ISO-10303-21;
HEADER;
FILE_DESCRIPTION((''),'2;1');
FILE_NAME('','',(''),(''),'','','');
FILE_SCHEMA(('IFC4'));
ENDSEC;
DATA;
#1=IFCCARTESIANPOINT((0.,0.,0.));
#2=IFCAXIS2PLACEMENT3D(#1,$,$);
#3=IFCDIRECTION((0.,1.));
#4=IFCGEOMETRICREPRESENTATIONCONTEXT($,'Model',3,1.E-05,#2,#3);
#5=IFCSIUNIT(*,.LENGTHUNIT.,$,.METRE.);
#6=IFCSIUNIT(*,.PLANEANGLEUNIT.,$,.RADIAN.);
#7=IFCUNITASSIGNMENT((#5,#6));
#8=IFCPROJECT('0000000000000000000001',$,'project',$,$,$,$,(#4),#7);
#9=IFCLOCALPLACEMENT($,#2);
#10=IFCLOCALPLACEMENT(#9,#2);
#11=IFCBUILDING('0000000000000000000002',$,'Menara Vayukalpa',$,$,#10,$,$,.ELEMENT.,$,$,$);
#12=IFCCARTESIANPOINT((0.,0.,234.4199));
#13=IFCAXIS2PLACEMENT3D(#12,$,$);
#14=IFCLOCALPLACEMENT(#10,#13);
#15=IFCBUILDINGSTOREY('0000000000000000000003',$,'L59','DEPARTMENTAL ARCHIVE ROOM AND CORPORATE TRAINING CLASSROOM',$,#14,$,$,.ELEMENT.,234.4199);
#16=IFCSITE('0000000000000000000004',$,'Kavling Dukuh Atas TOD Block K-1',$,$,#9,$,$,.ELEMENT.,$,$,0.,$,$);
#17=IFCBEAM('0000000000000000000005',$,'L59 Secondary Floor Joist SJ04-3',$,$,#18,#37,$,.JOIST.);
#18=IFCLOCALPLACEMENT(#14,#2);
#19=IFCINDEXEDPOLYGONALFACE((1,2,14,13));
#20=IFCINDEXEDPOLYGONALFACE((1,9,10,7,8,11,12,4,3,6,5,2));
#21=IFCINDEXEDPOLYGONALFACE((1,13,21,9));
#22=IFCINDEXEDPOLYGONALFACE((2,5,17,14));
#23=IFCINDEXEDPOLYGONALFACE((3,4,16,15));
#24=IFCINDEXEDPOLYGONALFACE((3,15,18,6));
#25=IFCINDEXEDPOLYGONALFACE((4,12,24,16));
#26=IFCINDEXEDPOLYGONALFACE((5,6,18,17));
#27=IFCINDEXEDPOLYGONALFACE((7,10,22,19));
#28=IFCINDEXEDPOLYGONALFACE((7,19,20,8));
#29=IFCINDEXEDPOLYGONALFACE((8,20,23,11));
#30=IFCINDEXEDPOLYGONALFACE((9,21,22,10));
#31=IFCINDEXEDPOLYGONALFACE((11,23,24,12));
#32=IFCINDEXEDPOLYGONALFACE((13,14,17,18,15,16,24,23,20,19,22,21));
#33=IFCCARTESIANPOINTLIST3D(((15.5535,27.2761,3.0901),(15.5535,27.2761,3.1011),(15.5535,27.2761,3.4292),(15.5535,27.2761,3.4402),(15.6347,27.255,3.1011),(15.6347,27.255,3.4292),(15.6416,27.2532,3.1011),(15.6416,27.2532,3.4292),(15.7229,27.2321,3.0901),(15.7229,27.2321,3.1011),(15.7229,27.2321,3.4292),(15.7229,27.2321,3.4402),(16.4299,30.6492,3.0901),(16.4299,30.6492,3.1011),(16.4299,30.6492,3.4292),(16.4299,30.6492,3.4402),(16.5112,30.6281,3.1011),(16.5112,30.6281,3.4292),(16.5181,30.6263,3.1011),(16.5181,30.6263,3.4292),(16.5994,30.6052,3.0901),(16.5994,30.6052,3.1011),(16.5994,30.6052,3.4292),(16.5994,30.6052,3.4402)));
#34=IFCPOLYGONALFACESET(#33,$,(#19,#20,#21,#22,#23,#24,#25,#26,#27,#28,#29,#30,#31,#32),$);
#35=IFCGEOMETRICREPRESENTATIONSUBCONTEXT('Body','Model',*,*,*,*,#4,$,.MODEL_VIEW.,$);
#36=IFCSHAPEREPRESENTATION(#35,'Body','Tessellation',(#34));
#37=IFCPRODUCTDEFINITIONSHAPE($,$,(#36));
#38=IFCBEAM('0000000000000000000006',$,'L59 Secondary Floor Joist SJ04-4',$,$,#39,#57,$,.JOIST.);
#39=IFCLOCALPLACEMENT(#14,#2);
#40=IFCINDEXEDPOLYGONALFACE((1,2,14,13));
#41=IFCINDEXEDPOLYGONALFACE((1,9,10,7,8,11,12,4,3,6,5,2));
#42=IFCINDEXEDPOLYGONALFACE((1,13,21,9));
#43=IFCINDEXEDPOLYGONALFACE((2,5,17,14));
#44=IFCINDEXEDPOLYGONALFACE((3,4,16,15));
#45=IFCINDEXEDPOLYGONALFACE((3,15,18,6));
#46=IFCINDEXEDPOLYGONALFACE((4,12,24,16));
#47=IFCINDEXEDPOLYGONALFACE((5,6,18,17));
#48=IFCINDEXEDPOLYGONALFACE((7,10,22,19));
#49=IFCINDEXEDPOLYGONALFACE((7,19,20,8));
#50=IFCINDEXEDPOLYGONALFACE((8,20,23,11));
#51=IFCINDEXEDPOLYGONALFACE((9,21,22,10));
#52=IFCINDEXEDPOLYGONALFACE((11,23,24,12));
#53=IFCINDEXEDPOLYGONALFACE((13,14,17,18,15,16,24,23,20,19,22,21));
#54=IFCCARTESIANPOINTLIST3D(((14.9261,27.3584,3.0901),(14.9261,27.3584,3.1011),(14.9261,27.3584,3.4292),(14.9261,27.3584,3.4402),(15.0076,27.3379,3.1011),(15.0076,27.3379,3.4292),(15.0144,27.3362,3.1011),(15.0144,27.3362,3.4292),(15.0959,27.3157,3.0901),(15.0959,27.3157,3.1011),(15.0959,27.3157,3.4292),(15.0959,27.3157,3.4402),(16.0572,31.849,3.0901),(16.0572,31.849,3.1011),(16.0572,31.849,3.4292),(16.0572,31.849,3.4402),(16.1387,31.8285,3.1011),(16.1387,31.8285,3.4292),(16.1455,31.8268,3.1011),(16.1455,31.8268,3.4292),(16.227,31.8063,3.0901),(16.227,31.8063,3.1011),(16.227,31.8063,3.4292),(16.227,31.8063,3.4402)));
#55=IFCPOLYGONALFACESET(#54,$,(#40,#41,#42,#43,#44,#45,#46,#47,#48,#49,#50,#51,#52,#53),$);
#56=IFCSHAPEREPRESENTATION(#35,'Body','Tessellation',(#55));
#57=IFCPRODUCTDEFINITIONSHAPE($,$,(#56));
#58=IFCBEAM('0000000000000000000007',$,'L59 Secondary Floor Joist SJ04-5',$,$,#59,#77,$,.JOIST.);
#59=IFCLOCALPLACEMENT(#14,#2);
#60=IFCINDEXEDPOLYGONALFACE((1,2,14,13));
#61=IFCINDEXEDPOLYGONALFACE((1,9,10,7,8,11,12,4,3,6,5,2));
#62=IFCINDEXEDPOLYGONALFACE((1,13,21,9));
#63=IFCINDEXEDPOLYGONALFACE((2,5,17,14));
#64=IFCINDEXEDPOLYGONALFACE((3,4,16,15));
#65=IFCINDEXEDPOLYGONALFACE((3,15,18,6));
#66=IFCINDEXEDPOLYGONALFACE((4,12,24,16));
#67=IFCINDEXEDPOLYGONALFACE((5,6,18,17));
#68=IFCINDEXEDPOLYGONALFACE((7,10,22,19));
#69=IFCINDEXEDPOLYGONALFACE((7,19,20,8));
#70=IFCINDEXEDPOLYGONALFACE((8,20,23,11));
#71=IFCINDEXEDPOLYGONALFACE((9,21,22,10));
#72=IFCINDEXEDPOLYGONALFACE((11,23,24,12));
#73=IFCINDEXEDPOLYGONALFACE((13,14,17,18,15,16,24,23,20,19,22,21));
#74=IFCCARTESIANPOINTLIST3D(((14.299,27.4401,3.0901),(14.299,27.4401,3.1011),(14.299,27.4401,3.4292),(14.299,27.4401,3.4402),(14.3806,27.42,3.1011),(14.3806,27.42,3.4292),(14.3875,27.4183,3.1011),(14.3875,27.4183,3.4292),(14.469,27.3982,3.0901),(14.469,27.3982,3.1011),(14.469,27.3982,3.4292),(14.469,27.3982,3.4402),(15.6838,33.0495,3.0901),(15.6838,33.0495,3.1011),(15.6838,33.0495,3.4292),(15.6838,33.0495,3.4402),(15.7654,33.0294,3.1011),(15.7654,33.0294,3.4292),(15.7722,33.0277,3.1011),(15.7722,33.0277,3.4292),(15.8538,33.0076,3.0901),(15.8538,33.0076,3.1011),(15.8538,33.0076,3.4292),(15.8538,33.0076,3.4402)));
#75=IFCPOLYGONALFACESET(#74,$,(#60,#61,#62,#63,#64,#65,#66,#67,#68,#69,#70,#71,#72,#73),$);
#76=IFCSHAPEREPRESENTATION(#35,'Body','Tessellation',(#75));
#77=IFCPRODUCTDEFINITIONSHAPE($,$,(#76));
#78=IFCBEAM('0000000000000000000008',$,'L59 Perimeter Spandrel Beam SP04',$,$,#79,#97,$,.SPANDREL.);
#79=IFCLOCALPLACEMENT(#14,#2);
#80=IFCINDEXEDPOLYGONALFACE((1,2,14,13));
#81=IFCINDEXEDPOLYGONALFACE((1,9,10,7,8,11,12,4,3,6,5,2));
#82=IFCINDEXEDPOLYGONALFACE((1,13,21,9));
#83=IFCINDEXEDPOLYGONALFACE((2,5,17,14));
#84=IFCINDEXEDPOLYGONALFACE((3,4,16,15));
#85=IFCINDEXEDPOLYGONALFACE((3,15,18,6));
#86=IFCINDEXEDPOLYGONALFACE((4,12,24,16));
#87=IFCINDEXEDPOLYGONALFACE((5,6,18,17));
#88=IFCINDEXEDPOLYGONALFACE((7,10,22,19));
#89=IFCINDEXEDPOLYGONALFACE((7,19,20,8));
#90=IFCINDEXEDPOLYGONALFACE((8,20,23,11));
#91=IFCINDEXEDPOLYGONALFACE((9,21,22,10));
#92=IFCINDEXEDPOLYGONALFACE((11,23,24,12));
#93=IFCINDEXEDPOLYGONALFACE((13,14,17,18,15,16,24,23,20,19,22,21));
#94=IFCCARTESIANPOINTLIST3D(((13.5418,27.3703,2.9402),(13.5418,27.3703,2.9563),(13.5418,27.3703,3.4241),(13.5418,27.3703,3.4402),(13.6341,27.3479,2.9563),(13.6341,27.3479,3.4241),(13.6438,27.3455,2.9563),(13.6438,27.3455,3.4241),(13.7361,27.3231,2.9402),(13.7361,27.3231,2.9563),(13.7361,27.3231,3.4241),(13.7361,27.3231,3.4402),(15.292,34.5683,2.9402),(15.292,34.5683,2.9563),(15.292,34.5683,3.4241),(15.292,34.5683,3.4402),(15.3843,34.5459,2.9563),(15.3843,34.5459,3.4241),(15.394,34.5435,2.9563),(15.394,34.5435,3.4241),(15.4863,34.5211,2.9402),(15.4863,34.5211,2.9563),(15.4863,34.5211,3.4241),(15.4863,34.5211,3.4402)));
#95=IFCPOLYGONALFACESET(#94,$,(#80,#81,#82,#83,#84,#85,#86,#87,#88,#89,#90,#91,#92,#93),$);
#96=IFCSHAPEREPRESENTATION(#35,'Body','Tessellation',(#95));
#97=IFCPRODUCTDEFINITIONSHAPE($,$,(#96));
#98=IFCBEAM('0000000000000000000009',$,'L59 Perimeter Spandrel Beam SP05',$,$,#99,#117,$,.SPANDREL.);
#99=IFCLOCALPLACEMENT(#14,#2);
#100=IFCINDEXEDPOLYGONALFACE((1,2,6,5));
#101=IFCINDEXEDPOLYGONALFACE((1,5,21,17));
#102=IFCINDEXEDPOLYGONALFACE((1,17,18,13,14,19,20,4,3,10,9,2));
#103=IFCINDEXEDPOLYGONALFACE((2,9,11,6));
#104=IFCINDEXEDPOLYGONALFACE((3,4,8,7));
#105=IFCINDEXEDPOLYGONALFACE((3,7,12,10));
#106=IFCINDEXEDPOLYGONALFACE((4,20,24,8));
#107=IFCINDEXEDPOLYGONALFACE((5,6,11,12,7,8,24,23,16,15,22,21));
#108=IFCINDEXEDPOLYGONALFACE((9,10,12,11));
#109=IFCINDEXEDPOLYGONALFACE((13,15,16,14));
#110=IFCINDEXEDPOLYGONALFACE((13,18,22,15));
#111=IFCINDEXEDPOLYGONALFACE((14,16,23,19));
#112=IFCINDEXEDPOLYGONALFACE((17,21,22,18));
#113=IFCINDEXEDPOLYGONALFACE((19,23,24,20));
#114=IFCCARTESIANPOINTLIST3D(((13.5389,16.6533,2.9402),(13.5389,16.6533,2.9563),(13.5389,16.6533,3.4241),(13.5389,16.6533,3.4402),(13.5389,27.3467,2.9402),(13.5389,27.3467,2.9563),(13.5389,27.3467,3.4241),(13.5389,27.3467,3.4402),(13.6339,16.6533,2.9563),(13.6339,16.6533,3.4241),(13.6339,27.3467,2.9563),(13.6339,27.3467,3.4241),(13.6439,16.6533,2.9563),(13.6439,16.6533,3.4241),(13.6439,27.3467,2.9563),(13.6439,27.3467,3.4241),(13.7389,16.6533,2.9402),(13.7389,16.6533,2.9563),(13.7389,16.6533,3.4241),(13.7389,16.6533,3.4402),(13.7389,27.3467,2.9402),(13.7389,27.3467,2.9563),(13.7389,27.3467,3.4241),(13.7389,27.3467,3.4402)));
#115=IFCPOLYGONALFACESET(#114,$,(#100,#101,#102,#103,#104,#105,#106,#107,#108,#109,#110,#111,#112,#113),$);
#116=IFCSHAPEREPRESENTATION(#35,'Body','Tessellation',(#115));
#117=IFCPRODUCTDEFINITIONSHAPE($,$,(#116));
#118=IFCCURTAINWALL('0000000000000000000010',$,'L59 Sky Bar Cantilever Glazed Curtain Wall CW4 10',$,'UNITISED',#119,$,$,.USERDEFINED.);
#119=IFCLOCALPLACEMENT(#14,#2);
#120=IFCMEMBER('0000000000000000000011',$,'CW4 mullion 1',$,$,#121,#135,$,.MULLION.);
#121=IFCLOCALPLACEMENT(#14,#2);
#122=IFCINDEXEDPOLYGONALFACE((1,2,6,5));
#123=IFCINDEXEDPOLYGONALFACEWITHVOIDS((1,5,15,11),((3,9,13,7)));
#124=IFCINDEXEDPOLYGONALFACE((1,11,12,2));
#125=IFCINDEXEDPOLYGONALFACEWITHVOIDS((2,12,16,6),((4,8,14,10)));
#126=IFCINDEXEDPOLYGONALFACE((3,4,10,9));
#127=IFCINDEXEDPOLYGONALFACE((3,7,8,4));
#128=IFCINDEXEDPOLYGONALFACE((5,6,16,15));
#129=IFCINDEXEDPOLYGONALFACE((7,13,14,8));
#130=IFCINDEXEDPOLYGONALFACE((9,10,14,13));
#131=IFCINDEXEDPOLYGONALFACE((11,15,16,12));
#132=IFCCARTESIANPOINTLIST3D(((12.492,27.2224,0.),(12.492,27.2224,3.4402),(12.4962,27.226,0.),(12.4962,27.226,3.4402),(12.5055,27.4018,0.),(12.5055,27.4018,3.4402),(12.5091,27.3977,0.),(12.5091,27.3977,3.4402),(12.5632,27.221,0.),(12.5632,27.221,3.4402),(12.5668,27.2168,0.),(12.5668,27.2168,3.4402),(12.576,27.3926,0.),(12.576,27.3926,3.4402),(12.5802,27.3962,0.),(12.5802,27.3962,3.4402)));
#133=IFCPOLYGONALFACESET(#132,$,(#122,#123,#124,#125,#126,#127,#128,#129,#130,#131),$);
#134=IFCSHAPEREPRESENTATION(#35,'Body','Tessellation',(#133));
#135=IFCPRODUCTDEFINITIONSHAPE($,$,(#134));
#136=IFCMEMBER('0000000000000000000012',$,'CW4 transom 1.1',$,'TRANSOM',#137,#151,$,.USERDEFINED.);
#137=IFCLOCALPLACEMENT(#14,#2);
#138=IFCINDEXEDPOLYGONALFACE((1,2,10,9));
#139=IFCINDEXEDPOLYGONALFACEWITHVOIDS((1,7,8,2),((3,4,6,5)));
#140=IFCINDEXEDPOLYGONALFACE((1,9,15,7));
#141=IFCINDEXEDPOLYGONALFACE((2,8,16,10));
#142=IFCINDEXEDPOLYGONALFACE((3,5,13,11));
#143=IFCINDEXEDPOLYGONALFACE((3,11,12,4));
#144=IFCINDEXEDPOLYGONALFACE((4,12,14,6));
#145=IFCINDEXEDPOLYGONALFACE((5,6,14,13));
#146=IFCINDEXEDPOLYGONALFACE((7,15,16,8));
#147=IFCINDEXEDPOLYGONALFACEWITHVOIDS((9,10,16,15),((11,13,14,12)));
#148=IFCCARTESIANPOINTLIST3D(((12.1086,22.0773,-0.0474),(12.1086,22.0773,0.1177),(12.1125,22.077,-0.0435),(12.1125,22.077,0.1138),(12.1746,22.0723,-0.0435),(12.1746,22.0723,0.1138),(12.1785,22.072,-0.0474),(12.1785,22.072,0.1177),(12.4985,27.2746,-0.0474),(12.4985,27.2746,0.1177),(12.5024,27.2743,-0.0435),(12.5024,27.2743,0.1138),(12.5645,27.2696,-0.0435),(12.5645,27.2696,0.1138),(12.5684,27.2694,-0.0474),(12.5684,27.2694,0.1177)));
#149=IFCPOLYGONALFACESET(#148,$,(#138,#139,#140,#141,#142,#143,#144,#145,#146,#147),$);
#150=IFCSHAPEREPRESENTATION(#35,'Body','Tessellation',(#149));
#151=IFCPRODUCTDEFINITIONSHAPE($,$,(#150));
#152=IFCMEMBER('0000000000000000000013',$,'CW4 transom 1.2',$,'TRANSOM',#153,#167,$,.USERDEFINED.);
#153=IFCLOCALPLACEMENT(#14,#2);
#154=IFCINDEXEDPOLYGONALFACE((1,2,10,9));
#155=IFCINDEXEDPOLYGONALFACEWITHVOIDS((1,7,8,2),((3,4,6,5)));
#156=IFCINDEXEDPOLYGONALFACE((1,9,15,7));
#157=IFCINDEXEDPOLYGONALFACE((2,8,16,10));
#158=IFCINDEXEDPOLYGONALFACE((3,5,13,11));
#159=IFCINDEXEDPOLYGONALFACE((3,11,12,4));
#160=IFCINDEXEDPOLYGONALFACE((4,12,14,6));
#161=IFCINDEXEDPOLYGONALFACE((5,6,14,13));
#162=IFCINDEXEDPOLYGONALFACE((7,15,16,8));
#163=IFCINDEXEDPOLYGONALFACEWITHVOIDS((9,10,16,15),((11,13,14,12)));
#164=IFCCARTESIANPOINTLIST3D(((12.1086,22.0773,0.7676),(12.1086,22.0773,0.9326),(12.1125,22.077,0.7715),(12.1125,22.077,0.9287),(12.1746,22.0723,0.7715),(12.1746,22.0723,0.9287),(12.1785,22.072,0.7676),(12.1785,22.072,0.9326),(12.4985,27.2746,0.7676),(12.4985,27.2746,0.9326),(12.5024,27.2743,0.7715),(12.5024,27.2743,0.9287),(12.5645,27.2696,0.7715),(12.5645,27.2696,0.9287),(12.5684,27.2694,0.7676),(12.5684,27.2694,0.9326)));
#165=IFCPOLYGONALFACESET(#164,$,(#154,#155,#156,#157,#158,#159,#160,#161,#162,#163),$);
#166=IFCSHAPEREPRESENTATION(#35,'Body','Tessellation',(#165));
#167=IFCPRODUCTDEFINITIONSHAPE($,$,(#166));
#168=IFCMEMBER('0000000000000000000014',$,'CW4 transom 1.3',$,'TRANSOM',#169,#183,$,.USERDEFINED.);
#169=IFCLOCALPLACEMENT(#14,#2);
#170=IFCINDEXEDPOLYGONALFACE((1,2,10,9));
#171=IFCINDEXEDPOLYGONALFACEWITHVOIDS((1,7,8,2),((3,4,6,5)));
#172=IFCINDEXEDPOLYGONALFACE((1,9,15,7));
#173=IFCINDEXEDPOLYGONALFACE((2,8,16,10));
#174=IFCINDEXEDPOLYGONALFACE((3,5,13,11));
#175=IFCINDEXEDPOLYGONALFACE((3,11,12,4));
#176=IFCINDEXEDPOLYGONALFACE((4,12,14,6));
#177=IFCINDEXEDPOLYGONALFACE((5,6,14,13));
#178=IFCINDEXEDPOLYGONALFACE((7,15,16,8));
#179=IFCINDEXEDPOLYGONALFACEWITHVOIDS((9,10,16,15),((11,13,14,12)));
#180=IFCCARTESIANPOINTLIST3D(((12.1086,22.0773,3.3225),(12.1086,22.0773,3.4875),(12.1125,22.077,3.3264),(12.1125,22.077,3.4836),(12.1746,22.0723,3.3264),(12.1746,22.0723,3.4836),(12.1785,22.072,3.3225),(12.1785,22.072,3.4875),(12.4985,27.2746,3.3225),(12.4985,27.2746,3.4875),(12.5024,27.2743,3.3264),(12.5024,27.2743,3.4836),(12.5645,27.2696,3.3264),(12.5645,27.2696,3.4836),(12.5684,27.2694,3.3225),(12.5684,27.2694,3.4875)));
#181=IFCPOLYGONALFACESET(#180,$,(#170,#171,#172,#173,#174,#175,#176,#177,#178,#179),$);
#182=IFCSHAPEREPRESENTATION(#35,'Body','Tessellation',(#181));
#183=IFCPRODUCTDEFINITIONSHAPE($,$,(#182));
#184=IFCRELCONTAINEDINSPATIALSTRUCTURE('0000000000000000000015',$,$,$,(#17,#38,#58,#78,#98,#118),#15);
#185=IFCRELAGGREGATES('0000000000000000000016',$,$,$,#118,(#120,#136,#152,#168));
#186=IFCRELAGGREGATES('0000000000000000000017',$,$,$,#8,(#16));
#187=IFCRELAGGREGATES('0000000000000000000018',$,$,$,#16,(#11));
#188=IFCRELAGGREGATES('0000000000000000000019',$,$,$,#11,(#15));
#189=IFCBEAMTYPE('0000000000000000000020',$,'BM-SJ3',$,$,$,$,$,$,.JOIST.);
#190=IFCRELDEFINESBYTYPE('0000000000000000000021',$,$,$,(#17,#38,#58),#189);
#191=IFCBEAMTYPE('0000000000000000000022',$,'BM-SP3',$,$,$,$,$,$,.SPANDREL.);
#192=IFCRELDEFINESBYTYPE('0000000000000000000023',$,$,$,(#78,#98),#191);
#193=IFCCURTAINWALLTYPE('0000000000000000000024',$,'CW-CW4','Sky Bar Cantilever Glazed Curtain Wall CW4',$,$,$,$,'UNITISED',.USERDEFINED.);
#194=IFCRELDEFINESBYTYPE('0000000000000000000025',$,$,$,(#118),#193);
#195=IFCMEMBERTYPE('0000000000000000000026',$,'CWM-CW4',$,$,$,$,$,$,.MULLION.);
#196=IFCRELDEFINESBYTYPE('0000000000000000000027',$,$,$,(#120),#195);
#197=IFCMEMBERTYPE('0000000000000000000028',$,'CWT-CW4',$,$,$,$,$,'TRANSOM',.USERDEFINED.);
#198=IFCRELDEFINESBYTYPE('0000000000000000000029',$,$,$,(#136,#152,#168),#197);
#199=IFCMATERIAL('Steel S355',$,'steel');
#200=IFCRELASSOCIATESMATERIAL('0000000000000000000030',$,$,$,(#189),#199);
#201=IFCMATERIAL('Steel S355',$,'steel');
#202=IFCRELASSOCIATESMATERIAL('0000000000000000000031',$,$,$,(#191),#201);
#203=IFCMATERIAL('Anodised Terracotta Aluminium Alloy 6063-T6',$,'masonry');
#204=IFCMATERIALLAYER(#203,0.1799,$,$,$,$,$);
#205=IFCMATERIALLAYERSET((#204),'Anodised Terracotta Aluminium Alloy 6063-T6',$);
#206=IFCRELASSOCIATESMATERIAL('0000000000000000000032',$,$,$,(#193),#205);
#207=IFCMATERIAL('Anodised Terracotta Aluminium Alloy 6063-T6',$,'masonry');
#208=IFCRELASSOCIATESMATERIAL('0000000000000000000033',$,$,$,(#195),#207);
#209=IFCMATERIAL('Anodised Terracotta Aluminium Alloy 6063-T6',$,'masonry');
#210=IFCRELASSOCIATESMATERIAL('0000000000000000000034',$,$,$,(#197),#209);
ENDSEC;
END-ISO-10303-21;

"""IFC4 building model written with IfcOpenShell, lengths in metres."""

from ifc_helpers import new_model, si_unit, direction, frame, origin, origin_2d, place, context, subcontext, project, spatial, hollow_rectangle, i_section, extrude, material, layer, layer_set, material_profile, profile_set, type_object, element, aggregate, save


model = new_model("IFC4")

# Units and contexts
model_context = context("Model", 3, precision=1e-05, world=origin(), true_north=direction((0.0, 1.0)))
body_context = subcontext(model_context, "Body", "Model", "MODEL_VIEW")
ifc_project = project(units=[si_unit("LENGTHUNIT", "METRE"), si_unit("PLANEANGLEUNIT", "RADIAN")], contexts=[model_context])

# Site, building, storey
site_placement = place(None, origin())
site = spatial("IfcSite", under=ifc_project, at=site_placement, Name="Kavling Dukuh Atas TOD Block K-1", CompositionType="ELEMENT", RefElevation=0.0)
building_placement = place(site_placement, origin())
building = spatial("IfcBuilding", under=site, at=building_placement, Name="Menara Vayukalpa", CompositionType="ELEMENT")
storey_placement = place(building_placement, frame((0.0, 0.0, 234.4199)))
storey = spatial("IfcBuildingStorey", under=building, at=storey_placement, Name="L59", Description="DEPARTMENTAL ARCHIVE ROOM AND CORPORATE TRAINING CLASSROOM", CompositionType="ELEMENT", Elevation=234.4199)

# Beams
ifc_material_1 = material(Name="Steel S355", Category="steel")
ifc_material_profile_1 = material_profile(ifc_material_1, i_section(OverallWidth=0.175, OverallDepth=0.3501, WebThickness=0.0071, FlangeThickness=0.011, at=origin_2d()), Name="WF 350x175x7x11")
ifc_profile_set_1 = profile_set([ifc_material_profile_1], Name="Steel S355")
beam_type_1 = type_object("IfcBeamType", Name="BM-SJ3", PredefinedType="JOIST", material=ifc_profile_set_1)
beam_1_placement = place(storey_placement, frame((16.5146, 30.6272, 3.2651), z_axis=(-0.251492, -0.967859, 0.0), x_axis=(0.967859, -0.251492, 0.0)))
element("IfcBeam", 1, at=beam_1_placement, inside=storey, type_object=beam_type_1, Name="L59 Secondary Floor Joist SJ04-3", PredefinedType="JOIST", context=body_context, shape_type="SweptSolid", body=[
    extrude(i_section(OverallWidth=0.175, OverallDepth=0.3501, WebThickness=0.0071, FlangeThickness=0.011, at=origin_2d()), origin(), (0.0, 0.0, 1.0), 3.4851),
])
beam_2_placement = place(storey_placement, frame((16.1421, 31.8276, 3.2651), z_axis=(-0.244247, -0.969713, 0.0), x_axis=(0.969713, -0.244247, 0.0)))
element("IfcBeam", 2, at=beam_2_placement, inside=storey, type_object=beam_type_1, Name="L59 Secondary Floor Joist SJ04-4", PredefinedType="JOIST", context=body_context, shape_type="SweptSolid", body=[
    extrude(i_section(OverallWidth=0.175, OverallDepth=0.3501, WebThickness=0.0071, FlangeThickness=0.011, at=origin_2d()), origin(), (0.0, 0.0, 1.0), 4.6309),
])
beam_3_placement = place(storey_placement, frame((15.7688, 33.0286, 3.2651), z_axis=(-0.239671, -0.970854, 0.0), x_axis=(0.970854, -0.239671, 0.0)))
element("IfcBeam", 3, at=beam_3_placement, inside=storey, type_object=beam_type_1, Name="L59 Secondary Floor Joist SJ04-5", PredefinedType="JOIST", context=body_context, shape_type="SweptSolid", body=[
    extrude(i_section(OverallWidth=0.175, OverallDepth=0.3501, WebThickness=0.0071, FlangeThickness=0.011, at=origin_2d()), origin(), (0.0, 0.0, 1.0), 5.7778),
])
ifc_material_2 = material(Name="Steel S355", Category="steel")
ifc_material_profile_2 = material_profile(ifc_material_2, i_section(OverallWidth=0.2, OverallDepth=0.5, WebThickness=0.01, FlangeThickness=0.0161, at=origin_2d()), Name="WF 500x200x10x16")
ifc_profile_set_2 = profile_set([ifc_material_profile_2], Name="Steel S355")
beam_type_2 = type_object("IfcBeamType", Name="BM-SP3", PredefinedType="SPANDREL", material=ifc_profile_set_2)
beam_4_placement = place(storey_placement, frame((15.3892, 34.5447, 3.1902), z_axis=(-0.236273, -0.971687, 0.0), x_axis=(0.971687, -0.236273, 0.0)))
element("IfcBeam", 4, at=beam_4_placement, inside=storey, type_object=beam_type_2, Name="L59 Perimeter Spandrel Beam SP04", PredefinedType="SPANDREL", context=body_context, shape_type="SweptSolid", body=[
    extrude(i_section(OverallWidth=0.2, OverallDepth=0.5, WebThickness=0.01, FlangeThickness=0.0161, at=origin_2d()), origin(), (0.0, 0.0, 1.0), 7.4077),
])
beam_5_placement = place(storey_placement, frame((13.6389, 27.3467, 3.1902), z_axis=(0.0, -1.0, 0.0), x_axis=(1.0, 0.0, 0.0)))
element("IfcBeam", 5, at=beam_5_placement, inside=storey, type_object=beam_type_2, Name="L59 Perimeter Spandrel Beam SP05", PredefinedType="SPANDREL", context=body_context, shape_type="SweptSolid", body=[
    extrude(i_section(OverallWidth=0.2, OverallDepth=0.5, WebThickness=0.01, FlangeThickness=0.0161, at=origin_2d()), origin(), (0.0, 0.0, 1.0), 10.6934),
])

# Curtain wall, members
ifc_material_3 = material(Name="Anodised Terracotta Aluminium Alloy 6063-T6", Category="masonry")
ifc_layer_1 = layer(ifc_material_3, 0.1799)
ifc_layer_set_1 = layer_set([ifc_layer_1], Name="Anodised Terracotta Aluminium Alloy 6063-T6")
curtain_wall_type = type_object("IfcCurtainWallType", Name="CW-CW4", Description="Sky Bar Cantilever Glazed Curtain Wall CW4", ElementType="UNITISED", PredefinedType="USERDEFINED", material=ifc_layer_set_1)
curtain_wall_placement = place(storey_placement, origin())
curtain_wall = element("IfcCurtainWall", 6, at=curtain_wall_placement, inside=storey, type_object=curtain_wall_type, Name="L59 Sky Bar Cantilever Glazed Curtain Wall CW4 10", ObjectType="UNITISED", PredefinedType="USERDEFINED")
ifc_material_4 = material(Name="Anodised Terracotta Aluminium Alloy 6063-T6", Category="masonry")
ifc_material_profile_3 = material_profile(ifc_material_4, hollow_rectangle(XDim=0.075, YDim=0.1799, WallThickness=0.0039, at=origin_2d()), Name="ALU 75x180x4")
ifc_profile_set_3 = profile_set([ifc_material_profile_3], Name="Anodised Terracotta Aluminium Alloy 6063-T6")
member_type_1 = type_object("IfcMemberType", Name="CWM-CW4", PredefinedType="MULLION", material=ifc_profile_set_3)
member_1_placement = place(storey_placement, frame((12.5361, 27.3093, 0.0), z_axis=(0.0, 0.0, 1.0), x_axis=(0.997199, -0.074789, 0.0)))
member_1 = element("IfcMember", 7, at=member_1_placement, type_object=member_type_1, Name="CW4 mullion 1", PredefinedType="MULLION", context=body_context, shape_type="SweptSolid", body=[
    extrude(hollow_rectangle(XDim=0.075, YDim=0.1799, WallThickness=0.0039, at=origin_2d()), origin(), (0.0, 0.0, 1.0), 3.4402),
])
ifc_material_5 = material(Name="Anodised Terracotta Aluminium Alloy 6063-T6", Category="masonry")
ifc_material_profile_4 = material_profile(ifc_material_5, hollow_rectangle(XDim=0.0701, YDim=0.165, WallThickness=0.0039, at=origin_2d()), Name="ALU 70x165x4")
ifc_profile_set_4 = profile_set([ifc_material_profile_4], Name="Anodised Terracotta Aluminium Alloy 6063-T6")
member_type_2 = type_object("IfcMemberType", Name="CWT-CW4", ElementType="TRANSOM", PredefinedType="USERDEFINED", material=ifc_profile_set_4)
member_2_placement = place(storey_placement, frame((12.5334, 27.272, 0.0352), z_axis=(-0.074809, -0.997198, 0.0), x_axis=(0.997198, -0.074809, 0.0)))
member_2 = element("IfcMember", 8, at=member_2_placement, type_object=member_type_2, Name="CW4 transom 1.1", ObjectType="TRANSOM", PredefinedType="USERDEFINED", context=body_context, shape_type="SweptSolid", body=[
    extrude(hollow_rectangle(XDim=0.0701, YDim=0.165, WallThickness=0.0039, at=origin_2d()), origin(), (0.0, 0.0, 1.0), 5.2119),
])
member_3_placement = place(storey_placement, frame((12.5334, 27.272, 0.8501), z_axis=(-0.074809, -0.997198, 0.0), x_axis=(0.997198, -0.074809, 0.0)))
member_3 = element("IfcMember", 9, at=member_3_placement, type_object=member_type_2, Name="CW4 transom 1.2", ObjectType="TRANSOM", PredefinedType="USERDEFINED", context=body_context, shape_type="SweptSolid", body=[
    extrude(hollow_rectangle(XDim=0.0701, YDim=0.165, WallThickness=0.0039, at=origin_2d()), origin(), (0.0, 0.0, 1.0), 5.2119),
])
member_4_placement = place(storey_placement, frame((12.5334, 27.272, 3.405), z_axis=(-0.074809, -0.997198, 0.0), x_axis=(0.997198, -0.074809, 0.0)))
member_4 = element("IfcMember", 10, at=member_4_placement, type_object=member_type_2, Name="CW4 transom 1.3", ObjectType="TRANSOM", PredefinedType="USERDEFINED", context=body_context, shape_type="SweptSolid", body=[
    extrude(hollow_rectangle(XDim=0.0701, YDim=0.165, WallThickness=0.0039, at=origin_2d()), origin(), (0.0, 0.0, 1.0), 5.2119),
])
aggregate(curtain_wall, [member_1, member_2, member_3, member_4])

save(model, "model.ifc")
